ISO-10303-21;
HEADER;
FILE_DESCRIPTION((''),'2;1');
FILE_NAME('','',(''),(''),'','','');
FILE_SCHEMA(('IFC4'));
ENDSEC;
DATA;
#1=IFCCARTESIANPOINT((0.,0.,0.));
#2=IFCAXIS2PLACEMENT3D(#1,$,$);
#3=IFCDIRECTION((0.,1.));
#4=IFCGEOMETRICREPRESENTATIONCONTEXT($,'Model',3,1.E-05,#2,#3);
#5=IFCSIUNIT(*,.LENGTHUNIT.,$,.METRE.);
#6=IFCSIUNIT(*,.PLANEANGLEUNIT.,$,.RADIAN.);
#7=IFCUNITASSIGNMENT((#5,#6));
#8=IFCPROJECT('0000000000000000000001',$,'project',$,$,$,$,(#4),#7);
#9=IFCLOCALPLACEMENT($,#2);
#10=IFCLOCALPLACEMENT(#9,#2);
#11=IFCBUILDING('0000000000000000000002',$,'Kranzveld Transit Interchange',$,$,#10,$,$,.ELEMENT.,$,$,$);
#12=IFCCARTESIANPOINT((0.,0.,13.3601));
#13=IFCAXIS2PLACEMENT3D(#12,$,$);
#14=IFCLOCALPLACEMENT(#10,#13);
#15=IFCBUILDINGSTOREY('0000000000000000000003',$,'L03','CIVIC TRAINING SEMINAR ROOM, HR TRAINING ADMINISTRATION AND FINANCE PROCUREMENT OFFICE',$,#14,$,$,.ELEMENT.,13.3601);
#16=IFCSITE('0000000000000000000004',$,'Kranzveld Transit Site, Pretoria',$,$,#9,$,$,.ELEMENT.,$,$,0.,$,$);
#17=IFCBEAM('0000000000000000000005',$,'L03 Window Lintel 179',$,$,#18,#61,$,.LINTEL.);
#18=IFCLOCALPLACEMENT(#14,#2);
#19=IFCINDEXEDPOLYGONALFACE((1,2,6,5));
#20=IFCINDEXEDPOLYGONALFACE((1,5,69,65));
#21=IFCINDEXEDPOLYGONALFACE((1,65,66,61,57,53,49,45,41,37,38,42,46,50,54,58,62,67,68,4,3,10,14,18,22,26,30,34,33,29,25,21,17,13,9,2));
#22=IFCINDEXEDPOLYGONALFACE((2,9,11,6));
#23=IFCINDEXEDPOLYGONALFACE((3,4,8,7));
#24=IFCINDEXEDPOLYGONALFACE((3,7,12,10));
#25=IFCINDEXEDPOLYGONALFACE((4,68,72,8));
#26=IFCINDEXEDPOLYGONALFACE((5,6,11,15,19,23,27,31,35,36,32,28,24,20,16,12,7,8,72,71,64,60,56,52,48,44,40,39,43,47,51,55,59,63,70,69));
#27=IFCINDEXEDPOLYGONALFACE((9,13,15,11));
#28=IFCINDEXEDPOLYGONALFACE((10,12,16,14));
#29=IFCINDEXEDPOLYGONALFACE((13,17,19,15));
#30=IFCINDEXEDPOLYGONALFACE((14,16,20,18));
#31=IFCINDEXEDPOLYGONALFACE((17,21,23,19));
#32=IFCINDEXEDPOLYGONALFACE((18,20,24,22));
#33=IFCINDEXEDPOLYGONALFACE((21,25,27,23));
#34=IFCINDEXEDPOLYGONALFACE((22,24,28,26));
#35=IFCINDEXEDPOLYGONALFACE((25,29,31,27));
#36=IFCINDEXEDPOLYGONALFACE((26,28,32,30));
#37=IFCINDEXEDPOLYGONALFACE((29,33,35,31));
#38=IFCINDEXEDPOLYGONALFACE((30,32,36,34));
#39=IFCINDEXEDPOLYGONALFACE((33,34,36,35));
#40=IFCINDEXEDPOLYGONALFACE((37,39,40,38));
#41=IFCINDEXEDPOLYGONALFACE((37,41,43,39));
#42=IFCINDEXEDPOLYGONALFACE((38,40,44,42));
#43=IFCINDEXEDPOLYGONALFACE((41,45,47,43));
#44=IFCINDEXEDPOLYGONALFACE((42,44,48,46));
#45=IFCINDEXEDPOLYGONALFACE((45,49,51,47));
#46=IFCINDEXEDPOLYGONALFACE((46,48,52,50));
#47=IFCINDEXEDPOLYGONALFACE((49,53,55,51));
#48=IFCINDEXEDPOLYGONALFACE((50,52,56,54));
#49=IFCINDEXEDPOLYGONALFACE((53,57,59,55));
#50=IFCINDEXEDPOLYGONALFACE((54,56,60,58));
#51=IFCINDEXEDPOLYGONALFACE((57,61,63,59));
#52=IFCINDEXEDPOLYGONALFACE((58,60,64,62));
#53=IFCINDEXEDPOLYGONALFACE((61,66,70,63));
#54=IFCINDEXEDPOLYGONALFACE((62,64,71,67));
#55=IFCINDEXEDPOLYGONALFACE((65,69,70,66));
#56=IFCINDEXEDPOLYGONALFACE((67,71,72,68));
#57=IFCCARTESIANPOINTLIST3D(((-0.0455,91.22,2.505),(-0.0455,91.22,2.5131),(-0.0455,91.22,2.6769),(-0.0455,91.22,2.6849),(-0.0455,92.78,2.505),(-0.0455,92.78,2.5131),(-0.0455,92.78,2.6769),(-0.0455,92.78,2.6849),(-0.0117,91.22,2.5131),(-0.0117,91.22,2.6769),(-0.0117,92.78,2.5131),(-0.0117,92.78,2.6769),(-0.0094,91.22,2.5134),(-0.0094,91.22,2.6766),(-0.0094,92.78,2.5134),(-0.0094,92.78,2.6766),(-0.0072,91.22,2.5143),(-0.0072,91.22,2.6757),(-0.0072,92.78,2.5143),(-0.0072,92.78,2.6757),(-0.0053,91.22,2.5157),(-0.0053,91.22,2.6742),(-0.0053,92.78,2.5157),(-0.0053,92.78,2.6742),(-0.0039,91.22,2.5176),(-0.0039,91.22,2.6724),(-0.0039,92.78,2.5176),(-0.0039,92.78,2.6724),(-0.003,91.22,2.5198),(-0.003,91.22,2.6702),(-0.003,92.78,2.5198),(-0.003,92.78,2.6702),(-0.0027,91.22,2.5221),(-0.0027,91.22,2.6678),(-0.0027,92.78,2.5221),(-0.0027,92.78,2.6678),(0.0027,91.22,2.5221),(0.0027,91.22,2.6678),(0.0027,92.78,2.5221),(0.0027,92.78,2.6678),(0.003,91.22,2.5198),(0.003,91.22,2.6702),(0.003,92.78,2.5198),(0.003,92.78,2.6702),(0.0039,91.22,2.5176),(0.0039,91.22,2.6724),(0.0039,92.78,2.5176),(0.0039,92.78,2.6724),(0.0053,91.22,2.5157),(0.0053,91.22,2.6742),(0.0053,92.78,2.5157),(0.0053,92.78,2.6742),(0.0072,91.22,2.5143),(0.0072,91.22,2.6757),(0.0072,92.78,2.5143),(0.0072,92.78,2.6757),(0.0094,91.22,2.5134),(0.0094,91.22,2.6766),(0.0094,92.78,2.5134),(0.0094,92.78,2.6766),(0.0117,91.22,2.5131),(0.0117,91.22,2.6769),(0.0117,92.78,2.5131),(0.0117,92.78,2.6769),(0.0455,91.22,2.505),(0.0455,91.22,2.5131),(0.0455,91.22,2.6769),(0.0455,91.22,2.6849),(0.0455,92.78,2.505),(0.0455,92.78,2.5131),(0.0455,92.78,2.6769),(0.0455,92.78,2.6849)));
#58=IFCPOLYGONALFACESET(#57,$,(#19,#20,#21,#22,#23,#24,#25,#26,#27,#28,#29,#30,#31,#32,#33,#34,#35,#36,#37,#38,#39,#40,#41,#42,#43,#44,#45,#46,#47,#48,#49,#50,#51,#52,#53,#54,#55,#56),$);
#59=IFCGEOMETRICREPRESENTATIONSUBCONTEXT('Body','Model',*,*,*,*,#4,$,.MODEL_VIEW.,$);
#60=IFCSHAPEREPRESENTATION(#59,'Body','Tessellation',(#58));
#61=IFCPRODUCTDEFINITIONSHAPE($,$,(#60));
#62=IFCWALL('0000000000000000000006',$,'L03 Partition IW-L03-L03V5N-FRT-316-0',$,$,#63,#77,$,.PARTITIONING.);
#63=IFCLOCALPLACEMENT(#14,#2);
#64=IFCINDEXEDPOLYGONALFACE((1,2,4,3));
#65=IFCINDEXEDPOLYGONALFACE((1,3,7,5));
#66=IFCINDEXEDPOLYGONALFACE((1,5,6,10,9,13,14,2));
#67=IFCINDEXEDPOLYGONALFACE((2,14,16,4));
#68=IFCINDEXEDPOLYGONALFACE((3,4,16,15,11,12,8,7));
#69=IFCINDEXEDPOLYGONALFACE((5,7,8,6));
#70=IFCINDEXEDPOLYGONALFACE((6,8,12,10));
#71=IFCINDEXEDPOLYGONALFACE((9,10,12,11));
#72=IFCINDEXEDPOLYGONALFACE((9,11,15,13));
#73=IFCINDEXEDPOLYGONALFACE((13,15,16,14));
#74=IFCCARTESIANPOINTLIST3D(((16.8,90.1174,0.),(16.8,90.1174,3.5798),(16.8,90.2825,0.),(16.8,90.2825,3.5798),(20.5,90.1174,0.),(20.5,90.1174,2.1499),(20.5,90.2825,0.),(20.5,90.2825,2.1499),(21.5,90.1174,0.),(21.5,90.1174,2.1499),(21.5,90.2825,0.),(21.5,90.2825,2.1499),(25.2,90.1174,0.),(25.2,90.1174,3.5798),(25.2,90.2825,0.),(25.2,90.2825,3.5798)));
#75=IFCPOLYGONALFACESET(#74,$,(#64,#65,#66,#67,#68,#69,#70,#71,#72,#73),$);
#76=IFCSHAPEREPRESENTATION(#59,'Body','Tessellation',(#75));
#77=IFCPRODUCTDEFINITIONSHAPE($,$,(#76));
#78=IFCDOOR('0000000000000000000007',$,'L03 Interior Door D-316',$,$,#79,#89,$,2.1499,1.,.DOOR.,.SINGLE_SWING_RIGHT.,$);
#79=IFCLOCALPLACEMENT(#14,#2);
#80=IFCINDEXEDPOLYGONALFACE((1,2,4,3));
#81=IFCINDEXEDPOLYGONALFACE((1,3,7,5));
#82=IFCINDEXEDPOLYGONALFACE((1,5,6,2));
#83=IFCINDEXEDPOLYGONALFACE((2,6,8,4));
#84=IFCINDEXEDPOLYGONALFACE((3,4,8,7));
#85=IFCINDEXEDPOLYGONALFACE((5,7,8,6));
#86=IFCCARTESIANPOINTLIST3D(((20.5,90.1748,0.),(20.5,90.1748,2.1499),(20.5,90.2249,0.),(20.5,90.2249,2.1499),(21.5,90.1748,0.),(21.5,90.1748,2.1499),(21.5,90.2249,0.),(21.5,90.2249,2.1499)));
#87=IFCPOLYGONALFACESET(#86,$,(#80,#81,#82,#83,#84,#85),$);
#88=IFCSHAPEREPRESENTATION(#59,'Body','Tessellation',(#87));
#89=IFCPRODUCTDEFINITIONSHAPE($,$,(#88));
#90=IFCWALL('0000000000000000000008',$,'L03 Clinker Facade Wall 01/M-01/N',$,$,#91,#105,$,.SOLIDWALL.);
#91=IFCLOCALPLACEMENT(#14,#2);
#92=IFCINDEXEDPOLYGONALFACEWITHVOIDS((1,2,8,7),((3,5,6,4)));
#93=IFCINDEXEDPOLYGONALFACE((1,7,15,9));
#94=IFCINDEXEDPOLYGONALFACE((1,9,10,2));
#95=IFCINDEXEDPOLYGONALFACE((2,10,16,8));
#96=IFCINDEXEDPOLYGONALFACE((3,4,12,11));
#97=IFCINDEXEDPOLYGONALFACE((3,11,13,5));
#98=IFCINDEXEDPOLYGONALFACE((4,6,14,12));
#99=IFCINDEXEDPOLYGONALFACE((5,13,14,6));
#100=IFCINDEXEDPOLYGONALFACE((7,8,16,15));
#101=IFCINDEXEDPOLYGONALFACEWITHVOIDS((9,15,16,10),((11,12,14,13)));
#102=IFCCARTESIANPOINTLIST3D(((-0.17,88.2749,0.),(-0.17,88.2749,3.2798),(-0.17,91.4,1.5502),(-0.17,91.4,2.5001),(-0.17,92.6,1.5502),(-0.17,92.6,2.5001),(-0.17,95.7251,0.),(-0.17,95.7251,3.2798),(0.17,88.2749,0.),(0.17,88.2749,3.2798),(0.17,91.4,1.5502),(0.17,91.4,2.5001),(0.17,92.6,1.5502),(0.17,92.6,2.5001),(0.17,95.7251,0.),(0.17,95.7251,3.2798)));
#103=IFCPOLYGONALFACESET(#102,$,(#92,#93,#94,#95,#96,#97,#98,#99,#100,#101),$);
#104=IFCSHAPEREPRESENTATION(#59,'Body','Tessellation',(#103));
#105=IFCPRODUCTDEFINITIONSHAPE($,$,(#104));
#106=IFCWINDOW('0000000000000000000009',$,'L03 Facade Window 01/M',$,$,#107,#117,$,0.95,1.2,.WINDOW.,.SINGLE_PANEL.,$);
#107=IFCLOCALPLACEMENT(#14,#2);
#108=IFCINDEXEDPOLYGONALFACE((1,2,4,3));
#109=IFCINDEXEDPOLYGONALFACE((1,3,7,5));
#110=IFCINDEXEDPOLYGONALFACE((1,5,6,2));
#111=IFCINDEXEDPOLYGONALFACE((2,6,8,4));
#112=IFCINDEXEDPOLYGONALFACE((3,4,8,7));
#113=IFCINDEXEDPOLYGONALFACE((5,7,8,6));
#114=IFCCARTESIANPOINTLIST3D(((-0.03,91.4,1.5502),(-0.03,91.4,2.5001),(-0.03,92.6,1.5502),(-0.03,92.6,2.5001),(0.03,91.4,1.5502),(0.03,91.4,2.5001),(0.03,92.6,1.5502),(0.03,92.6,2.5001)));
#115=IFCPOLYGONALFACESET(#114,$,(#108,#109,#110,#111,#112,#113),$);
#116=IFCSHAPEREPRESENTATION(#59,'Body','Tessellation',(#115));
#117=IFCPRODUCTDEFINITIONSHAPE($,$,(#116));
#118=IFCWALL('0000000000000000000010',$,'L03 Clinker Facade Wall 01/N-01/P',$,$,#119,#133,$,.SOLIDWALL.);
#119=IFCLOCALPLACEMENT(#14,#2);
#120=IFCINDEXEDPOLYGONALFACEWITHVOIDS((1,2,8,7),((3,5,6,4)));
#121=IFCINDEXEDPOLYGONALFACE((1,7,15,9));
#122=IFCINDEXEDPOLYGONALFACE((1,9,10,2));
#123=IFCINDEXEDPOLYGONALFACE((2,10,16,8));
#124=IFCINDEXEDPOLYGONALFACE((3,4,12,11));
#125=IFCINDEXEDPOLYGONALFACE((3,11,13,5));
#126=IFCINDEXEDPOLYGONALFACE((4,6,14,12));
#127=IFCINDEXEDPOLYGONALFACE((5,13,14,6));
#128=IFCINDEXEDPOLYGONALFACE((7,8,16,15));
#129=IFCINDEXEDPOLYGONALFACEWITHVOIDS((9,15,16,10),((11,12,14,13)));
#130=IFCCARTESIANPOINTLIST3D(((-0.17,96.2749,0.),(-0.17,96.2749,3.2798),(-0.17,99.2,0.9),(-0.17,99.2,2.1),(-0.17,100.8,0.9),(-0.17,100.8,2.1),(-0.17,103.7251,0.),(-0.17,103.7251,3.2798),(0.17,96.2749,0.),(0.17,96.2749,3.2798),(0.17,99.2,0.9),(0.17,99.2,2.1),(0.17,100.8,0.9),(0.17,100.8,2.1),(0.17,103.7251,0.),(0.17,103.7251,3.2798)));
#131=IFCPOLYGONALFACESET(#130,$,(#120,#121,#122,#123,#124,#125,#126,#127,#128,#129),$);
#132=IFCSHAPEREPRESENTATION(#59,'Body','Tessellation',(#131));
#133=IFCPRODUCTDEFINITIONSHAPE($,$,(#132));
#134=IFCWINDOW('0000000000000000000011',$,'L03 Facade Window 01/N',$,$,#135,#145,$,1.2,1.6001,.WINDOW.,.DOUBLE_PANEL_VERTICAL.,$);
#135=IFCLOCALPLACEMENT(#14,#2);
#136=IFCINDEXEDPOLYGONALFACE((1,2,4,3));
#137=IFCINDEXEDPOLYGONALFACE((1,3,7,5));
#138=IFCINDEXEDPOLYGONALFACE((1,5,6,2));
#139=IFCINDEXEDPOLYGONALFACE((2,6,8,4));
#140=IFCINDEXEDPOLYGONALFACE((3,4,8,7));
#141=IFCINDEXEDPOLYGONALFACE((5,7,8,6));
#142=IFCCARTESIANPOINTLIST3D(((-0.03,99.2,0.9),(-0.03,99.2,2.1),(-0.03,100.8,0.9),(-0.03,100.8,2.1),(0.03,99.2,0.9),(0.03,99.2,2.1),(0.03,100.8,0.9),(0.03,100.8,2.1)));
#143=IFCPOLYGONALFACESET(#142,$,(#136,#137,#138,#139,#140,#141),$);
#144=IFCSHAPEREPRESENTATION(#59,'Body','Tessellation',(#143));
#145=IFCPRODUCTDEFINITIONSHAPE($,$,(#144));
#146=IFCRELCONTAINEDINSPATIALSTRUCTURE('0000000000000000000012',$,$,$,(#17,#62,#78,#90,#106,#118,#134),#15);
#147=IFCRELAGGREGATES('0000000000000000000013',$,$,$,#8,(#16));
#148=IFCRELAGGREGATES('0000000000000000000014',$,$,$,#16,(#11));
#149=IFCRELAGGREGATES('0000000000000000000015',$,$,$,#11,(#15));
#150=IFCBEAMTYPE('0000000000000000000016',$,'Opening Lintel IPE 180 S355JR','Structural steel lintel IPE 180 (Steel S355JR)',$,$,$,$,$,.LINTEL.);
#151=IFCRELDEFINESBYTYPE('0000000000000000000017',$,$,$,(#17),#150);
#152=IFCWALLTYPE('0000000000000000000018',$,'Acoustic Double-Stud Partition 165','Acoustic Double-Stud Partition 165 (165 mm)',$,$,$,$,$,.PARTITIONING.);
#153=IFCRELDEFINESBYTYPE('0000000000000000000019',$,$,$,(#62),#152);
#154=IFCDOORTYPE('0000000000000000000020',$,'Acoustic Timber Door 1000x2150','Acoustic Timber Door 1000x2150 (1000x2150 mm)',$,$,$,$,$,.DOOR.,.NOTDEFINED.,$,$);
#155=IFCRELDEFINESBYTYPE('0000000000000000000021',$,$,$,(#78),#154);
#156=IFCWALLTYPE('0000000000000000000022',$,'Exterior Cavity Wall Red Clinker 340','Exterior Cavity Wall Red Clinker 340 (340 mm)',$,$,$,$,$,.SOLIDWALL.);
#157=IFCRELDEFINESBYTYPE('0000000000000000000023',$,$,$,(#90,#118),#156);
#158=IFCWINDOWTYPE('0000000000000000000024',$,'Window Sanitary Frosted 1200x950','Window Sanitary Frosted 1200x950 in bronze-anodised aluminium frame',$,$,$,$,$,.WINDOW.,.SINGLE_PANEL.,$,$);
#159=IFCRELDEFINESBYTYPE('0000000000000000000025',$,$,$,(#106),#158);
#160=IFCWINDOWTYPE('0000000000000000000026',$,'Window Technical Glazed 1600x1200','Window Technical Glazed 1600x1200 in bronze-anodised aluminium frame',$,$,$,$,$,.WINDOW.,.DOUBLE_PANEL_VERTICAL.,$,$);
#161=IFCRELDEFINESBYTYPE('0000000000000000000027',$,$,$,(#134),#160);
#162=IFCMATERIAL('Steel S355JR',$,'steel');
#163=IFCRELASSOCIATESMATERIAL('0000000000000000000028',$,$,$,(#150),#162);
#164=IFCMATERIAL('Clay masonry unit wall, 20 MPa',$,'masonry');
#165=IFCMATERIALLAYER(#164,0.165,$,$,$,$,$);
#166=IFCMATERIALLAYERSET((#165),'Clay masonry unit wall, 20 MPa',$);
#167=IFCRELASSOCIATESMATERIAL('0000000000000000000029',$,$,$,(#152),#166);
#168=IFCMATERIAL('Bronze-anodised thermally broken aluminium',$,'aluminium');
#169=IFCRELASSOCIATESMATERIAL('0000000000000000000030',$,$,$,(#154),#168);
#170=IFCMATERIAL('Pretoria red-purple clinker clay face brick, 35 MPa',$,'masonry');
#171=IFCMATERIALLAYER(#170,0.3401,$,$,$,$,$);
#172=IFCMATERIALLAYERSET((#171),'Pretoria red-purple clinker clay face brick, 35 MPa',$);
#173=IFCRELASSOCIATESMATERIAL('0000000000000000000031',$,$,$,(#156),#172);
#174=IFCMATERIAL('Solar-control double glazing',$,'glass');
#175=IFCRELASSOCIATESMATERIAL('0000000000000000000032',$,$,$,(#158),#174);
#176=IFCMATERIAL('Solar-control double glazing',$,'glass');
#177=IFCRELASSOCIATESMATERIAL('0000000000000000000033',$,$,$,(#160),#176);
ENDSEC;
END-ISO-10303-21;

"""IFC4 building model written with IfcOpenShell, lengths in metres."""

from ifc_helpers import new_model, si_unit, direction, frame, frame_2d, origin, origin_2d, place, context, subcontext, project, spatial, rectangle, i_section, extrude, material, layer, layer_set, material_profile, profile_set, type_object, element, fill, save


model = new_model("IFC4")

# Units and contexts
model_context = context("Model", 3, precision=1e-05, world=origin(), true_north=direction((0.0, 1.0)))
body_context = subcontext(model_context, "Body", "Model", "MODEL_VIEW")
ifc_project = project(units=[si_unit("LENGTHUNIT", "METRE"), si_unit("PLANEANGLEUNIT", "RADIAN")], contexts=[model_context])

# Site, building, storey
site_placement = place(None, origin())
site = spatial("IfcSite", under=ifc_project, at=site_placement, Name="Kranzveld Transit Site, Pretoria", CompositionType="ELEMENT", RefElevation=0.0)
building_placement = place(site_placement, origin())
building = spatial("IfcBuilding", under=site, at=building_placement, Name="Kranzveld Transit Interchange", CompositionType="ELEMENT")
storey_placement = place(building_placement, frame((0.0, 0.0, 13.3601)))
storey = spatial("IfcBuildingStorey", under=building, at=storey_placement, Name="L03", Description="CIVIC TRAINING SEMINAR ROOM, HR TRAINING ADMINISTRATION AND FINANCE PROCUREMENT OFFICE", CompositionType="ELEMENT", Elevation=13.3601)

# Beam
ifc_material_1 = material(Name="Steel S355JR", Category="steel")
ifc_material_profile_1 = material_profile(ifc_material_1, i_section(OverallWidth=0.0911, OverallDepth=0.1799, WebThickness=0.0054, FlangeThickness=0.0081, FilletRadius=0.009, at=origin_2d()), Name="IPE 180")
ifc_profile_set_1 = profile_set([ifc_material_profile_1], Name="Steel S355JR")
beam_type_1 = type_object("IfcBeamType", Name="Opening Lintel IPE 180 S355JR", Description="Structural steel lintel IPE 180 (Steel S355JR)", PredefinedType="LINTEL", material=ifc_profile_set_1)
beam_1_placement = place(storey_placement, frame((0.0, 91.22, 2.595), z_axis=(0.0, 1.0, 0.0), x_axis=(-1.0, 0.0, 0.0)))
element("IfcBeam", 1, at=beam_1_placement, inside=storey, type_object=beam_type_1, Name="L03 Window Lintel 179", PredefinedType="LINTEL", context=body_context, shape_type="SweptSolid", body=[
    extrude(i_section(OverallWidth=0.0911, OverallDepth=0.1799, WebThickness=0.0054, FlangeThickness=0.0081, FilletRadius=0.009, at=origin_2d()), origin(), (0.0, 0.0, 1.0), 1.5601),
])

# Wall, opening, door
ifc_material_2 = material(Name="Clay masonry unit wall, 20 MPa", Category="masonry")
ifc_layer_1 = layer(ifc_material_2, 0.165)
ifc_layer_set_1 = layer_set([ifc_layer_1], Name="Clay masonry unit wall, 20 MPa")
wall_type_1 = type_object("IfcWallType", Name="Acoustic Double-Stud Partition 165", Description="Acoustic Double-Stud Partition 165 (165 mm)", PredefinedType="PARTITIONING", material=ifc_layer_set_1)
wall_1_placement = place(storey_placement, frame((16.8, 90.2, 0.0), z_axis=(0.0, 0.0, 1.0), x_axis=(1.0, 0.0, 0.0)))
wall_1 = element("IfcWall", 2, at=wall_1_placement, inside=storey, type_object=wall_type_1, Name="L03 Partition IW-L03-L03V5N-FRT-316-0", PredefinedType="PARTITIONING", context=body_context, shape_type="SweptSolid", body=[
    extrude(rectangle(XDim=8.3999, YDim=0.165, at=frame_2d((4.2, 0.0))), origin(), (0.0, 0.0, 1.0), 3.5798),
])
opening_1_placement = place(wall_1_placement, frame((3.7, 0.0, 0.0), z_axis=(0.0, 0.0, 1.0), x_axis=(1.0, 0.0, 0.0)))
opening_1 = element("IfcOpeningElement", 3, at=opening_1_placement, cuts=wall_1, PredefinedType="OPENING", context=body_context, shape_type="SweptSolid", body=[
    extrude(rectangle(XDim=1.0, YDim=2.1499, at=frame_2d((0.5, 1.075))), frame((0.0, 0.0925, 0.0), z_axis=(0.0, -1.0, 0.0), x_axis=(1.0, 0.0, 0.0)), (0.0, 0.0, 1.0), 0.1851),
])
ifc_material_3 = material(Name="Bronze-anodised thermally broken aluminium", Category="aluminium")
door_type_1 = type_object("IfcDoorType", Name="Acoustic Timber Door 1000x2150", Description="Acoustic Timber Door 1000x2150 (1000x2150 mm)", OperationType="NOTDEFINED", PredefinedType="DOOR", material=ifc_material_3)
door_1_placement = place(opening_1_placement, origin())
door_1 = element("IfcDoor", 4, at=door_1_placement, inside=storey, type_object=door_type_1, Name="L03 Interior Door D-316", OperationType="SINGLE_SWING_RIGHT", OverallHeight=2.1499, OverallWidth=1.0, PredefinedType="DOOR", context=body_context, shape_type="SweptSolid", body=[
    extrude(rectangle(XDim=1.0, YDim=2.1499, at=frame_2d((0.5, 1.075))), frame((0.0, 0.0249, 0.0), z_axis=(0.0, -1.0, 0.0), x_axis=(1.0, 0.0, 0.0)), (0.0, 0.0, 1.0), 0.05),
])
fill(opening_1, door_1)

# Walls, openings, windows
ifc_material_4 = material(Name="Pretoria red-purple clinker clay face brick, 35 MPa", Category="masonry")
ifc_layer_2 = layer(ifc_material_4, 0.3401)
ifc_layer_set_2 = layer_set([ifc_layer_2], Name="Pretoria red-purple clinker clay face brick, 35 MPa")
wall_type_2 = type_object("IfcWallType", Name="Exterior Cavity Wall Red Clinker 340", Description="Exterior Cavity Wall Red Clinker 340 (340 mm)", PredefinedType="SOLIDWALL", material=ifc_layer_set_2)
wall_2_placement = place(storey_placement, frame((0.0, 88.2749, 0.0), z_axis=(0.0, 0.0, 1.0), x_axis=(0.0, 1.0, 0.0)))
wall_2 = element("IfcWall", 5, at=wall_2_placement, inside=storey, type_object=wall_type_2, Name="L03 Clinker Facade Wall 01/M-01/N", PredefinedType="SOLIDWALL", context=body_context, shape_type="SweptSolid", body=[
    extrude(rectangle(XDim=7.4502, YDim=0.3401, at=frame_2d((3.7251, 0.0))), origin(), (0.0, 0.0, 1.0), 3.2798),
])
opening_2_placement = place(wall_2_placement, frame((3.125, 0.0, 1.55), z_axis=(0.0, 0.0, 1.0), x_axis=(1.0, 0.0, 0.0)))
opening_2 = element("IfcOpeningElement", 6, at=opening_2_placement, cuts=wall_2, PredefinedType="OPENING", context=body_context, shape_type="SweptSolid", body=[
    extrude(rectangle(XDim=1.2, YDim=0.95, at=frame_2d((0.6001, 0.4751))), frame((0.0, 0.1799, 0.0), z_axis=(0.0, -1.0, 0.0), x_axis=(1.0, 0.0, 0.0)), (0.0, 0.0, 1.0), 0.3601),
])
ifc_material_5 = material(Name="Solar-control double glazing", Category="glass")
window_type_1 = type_object("IfcWindowType", Name="Window Sanitary Frosted 1200x950", Description="Window Sanitary Frosted 1200x950 in bronze-anodised aluminium frame", PartitioningType="SINGLE_PANEL", PredefinedType="WINDOW", material=ifc_material_5)
window_1_placement = place(opening_2_placement, origin())
window_1 = element("IfcWindow", 7, at=window_1_placement, inside=storey, type_object=window_type_1, Name="L03 Facade Window 01/M", OverallHeight=0.95, OverallWidth=1.2, PartitioningType="SINGLE_PANEL", PredefinedType="WINDOW", context=body_context, shape_type="SweptSolid", body=[
    extrude(rectangle(XDim=1.2, YDim=0.95, at=frame_2d((0.6001, 0.4751))), frame((0.0, 0.03, 0.0), z_axis=(0.0, -1.0, 0.0), x_axis=(1.0, 0.0, 0.0)), (0.0, 0.0, 1.0), 0.0601),
])
fill(opening_2, window_1)
wall_3_placement = place(storey_placement, frame((0.0, 96.2749, 0.0), z_axis=(0.0, 0.0, 1.0), x_axis=(0.0, 1.0, 0.0)))
wall_3 = element("IfcWall", 8, at=wall_3_placement, inside=storey, type_object=wall_type_2, Name="L03 Clinker Facade Wall 01/N-01/P", PredefinedType="SOLIDWALL", context=body_context, shape_type="SweptSolid", body=[
    extrude(rectangle(XDim=7.4502, YDim=0.3401, at=frame_2d((3.7251, 0.0))), origin(), (0.0, 0.0, 1.0), 3.2798),
])
opening_3_placement = place(wall_3_placement, frame((2.925, 0.0, 0.8999), z_axis=(0.0, 0.0, 1.0), x_axis=(1.0, 0.0, 0.0)))
opening_3 = element("IfcOpeningElement", 9, at=opening_3_placement, cuts=wall_3, PredefinedType="OPENING", context=body_context, shape_type="SweptSolid", body=[
    extrude(rectangle(XDim=1.6001, YDim=1.2, at=frame_2d((0.8, 0.6001))), frame((0.0, 0.1799, 0.0), z_axis=(0.0, -1.0, 0.0), x_axis=(1.0, 0.0, 0.0)), (0.0, 0.0, 1.0), 0.3601),
])
ifc_material_6 = material(Name="Solar-control double glazing", Category="glass")
window_type_2 = type_object("IfcWindowType", Name="Window Technical Glazed 1600x1200", Description="Window Technical Glazed 1600x1200 in bronze-anodised aluminium frame", PartitioningType="DOUBLE_PANEL_VERTICAL", PredefinedType="WINDOW", material=ifc_material_6)
window_2_placement = place(opening_3_placement, origin())
window_2 = element("IfcWindow", 10, at=window_2_placement, inside=storey, type_object=window_type_2, Name="L03 Facade Window 01/N", OverallHeight=1.2, OverallWidth=1.6001, PartitioningType="DOUBLE_PANEL_VERTICAL", PredefinedType="WINDOW", context=body_context, shape_type="SweptSolid", body=[
    extrude(rectangle(XDim=1.6001, YDim=1.2, at=frame_2d((0.8, 0.6001))), frame((0.0, 0.03, 0.0), z_axis=(0.0, -1.0, 0.0), x_axis=(1.0, 0.0, 0.0)), (0.0, 0.0, 1.0), 0.0601),
])
fill(opening_3, window_2)

save(model, "model.ifc")
